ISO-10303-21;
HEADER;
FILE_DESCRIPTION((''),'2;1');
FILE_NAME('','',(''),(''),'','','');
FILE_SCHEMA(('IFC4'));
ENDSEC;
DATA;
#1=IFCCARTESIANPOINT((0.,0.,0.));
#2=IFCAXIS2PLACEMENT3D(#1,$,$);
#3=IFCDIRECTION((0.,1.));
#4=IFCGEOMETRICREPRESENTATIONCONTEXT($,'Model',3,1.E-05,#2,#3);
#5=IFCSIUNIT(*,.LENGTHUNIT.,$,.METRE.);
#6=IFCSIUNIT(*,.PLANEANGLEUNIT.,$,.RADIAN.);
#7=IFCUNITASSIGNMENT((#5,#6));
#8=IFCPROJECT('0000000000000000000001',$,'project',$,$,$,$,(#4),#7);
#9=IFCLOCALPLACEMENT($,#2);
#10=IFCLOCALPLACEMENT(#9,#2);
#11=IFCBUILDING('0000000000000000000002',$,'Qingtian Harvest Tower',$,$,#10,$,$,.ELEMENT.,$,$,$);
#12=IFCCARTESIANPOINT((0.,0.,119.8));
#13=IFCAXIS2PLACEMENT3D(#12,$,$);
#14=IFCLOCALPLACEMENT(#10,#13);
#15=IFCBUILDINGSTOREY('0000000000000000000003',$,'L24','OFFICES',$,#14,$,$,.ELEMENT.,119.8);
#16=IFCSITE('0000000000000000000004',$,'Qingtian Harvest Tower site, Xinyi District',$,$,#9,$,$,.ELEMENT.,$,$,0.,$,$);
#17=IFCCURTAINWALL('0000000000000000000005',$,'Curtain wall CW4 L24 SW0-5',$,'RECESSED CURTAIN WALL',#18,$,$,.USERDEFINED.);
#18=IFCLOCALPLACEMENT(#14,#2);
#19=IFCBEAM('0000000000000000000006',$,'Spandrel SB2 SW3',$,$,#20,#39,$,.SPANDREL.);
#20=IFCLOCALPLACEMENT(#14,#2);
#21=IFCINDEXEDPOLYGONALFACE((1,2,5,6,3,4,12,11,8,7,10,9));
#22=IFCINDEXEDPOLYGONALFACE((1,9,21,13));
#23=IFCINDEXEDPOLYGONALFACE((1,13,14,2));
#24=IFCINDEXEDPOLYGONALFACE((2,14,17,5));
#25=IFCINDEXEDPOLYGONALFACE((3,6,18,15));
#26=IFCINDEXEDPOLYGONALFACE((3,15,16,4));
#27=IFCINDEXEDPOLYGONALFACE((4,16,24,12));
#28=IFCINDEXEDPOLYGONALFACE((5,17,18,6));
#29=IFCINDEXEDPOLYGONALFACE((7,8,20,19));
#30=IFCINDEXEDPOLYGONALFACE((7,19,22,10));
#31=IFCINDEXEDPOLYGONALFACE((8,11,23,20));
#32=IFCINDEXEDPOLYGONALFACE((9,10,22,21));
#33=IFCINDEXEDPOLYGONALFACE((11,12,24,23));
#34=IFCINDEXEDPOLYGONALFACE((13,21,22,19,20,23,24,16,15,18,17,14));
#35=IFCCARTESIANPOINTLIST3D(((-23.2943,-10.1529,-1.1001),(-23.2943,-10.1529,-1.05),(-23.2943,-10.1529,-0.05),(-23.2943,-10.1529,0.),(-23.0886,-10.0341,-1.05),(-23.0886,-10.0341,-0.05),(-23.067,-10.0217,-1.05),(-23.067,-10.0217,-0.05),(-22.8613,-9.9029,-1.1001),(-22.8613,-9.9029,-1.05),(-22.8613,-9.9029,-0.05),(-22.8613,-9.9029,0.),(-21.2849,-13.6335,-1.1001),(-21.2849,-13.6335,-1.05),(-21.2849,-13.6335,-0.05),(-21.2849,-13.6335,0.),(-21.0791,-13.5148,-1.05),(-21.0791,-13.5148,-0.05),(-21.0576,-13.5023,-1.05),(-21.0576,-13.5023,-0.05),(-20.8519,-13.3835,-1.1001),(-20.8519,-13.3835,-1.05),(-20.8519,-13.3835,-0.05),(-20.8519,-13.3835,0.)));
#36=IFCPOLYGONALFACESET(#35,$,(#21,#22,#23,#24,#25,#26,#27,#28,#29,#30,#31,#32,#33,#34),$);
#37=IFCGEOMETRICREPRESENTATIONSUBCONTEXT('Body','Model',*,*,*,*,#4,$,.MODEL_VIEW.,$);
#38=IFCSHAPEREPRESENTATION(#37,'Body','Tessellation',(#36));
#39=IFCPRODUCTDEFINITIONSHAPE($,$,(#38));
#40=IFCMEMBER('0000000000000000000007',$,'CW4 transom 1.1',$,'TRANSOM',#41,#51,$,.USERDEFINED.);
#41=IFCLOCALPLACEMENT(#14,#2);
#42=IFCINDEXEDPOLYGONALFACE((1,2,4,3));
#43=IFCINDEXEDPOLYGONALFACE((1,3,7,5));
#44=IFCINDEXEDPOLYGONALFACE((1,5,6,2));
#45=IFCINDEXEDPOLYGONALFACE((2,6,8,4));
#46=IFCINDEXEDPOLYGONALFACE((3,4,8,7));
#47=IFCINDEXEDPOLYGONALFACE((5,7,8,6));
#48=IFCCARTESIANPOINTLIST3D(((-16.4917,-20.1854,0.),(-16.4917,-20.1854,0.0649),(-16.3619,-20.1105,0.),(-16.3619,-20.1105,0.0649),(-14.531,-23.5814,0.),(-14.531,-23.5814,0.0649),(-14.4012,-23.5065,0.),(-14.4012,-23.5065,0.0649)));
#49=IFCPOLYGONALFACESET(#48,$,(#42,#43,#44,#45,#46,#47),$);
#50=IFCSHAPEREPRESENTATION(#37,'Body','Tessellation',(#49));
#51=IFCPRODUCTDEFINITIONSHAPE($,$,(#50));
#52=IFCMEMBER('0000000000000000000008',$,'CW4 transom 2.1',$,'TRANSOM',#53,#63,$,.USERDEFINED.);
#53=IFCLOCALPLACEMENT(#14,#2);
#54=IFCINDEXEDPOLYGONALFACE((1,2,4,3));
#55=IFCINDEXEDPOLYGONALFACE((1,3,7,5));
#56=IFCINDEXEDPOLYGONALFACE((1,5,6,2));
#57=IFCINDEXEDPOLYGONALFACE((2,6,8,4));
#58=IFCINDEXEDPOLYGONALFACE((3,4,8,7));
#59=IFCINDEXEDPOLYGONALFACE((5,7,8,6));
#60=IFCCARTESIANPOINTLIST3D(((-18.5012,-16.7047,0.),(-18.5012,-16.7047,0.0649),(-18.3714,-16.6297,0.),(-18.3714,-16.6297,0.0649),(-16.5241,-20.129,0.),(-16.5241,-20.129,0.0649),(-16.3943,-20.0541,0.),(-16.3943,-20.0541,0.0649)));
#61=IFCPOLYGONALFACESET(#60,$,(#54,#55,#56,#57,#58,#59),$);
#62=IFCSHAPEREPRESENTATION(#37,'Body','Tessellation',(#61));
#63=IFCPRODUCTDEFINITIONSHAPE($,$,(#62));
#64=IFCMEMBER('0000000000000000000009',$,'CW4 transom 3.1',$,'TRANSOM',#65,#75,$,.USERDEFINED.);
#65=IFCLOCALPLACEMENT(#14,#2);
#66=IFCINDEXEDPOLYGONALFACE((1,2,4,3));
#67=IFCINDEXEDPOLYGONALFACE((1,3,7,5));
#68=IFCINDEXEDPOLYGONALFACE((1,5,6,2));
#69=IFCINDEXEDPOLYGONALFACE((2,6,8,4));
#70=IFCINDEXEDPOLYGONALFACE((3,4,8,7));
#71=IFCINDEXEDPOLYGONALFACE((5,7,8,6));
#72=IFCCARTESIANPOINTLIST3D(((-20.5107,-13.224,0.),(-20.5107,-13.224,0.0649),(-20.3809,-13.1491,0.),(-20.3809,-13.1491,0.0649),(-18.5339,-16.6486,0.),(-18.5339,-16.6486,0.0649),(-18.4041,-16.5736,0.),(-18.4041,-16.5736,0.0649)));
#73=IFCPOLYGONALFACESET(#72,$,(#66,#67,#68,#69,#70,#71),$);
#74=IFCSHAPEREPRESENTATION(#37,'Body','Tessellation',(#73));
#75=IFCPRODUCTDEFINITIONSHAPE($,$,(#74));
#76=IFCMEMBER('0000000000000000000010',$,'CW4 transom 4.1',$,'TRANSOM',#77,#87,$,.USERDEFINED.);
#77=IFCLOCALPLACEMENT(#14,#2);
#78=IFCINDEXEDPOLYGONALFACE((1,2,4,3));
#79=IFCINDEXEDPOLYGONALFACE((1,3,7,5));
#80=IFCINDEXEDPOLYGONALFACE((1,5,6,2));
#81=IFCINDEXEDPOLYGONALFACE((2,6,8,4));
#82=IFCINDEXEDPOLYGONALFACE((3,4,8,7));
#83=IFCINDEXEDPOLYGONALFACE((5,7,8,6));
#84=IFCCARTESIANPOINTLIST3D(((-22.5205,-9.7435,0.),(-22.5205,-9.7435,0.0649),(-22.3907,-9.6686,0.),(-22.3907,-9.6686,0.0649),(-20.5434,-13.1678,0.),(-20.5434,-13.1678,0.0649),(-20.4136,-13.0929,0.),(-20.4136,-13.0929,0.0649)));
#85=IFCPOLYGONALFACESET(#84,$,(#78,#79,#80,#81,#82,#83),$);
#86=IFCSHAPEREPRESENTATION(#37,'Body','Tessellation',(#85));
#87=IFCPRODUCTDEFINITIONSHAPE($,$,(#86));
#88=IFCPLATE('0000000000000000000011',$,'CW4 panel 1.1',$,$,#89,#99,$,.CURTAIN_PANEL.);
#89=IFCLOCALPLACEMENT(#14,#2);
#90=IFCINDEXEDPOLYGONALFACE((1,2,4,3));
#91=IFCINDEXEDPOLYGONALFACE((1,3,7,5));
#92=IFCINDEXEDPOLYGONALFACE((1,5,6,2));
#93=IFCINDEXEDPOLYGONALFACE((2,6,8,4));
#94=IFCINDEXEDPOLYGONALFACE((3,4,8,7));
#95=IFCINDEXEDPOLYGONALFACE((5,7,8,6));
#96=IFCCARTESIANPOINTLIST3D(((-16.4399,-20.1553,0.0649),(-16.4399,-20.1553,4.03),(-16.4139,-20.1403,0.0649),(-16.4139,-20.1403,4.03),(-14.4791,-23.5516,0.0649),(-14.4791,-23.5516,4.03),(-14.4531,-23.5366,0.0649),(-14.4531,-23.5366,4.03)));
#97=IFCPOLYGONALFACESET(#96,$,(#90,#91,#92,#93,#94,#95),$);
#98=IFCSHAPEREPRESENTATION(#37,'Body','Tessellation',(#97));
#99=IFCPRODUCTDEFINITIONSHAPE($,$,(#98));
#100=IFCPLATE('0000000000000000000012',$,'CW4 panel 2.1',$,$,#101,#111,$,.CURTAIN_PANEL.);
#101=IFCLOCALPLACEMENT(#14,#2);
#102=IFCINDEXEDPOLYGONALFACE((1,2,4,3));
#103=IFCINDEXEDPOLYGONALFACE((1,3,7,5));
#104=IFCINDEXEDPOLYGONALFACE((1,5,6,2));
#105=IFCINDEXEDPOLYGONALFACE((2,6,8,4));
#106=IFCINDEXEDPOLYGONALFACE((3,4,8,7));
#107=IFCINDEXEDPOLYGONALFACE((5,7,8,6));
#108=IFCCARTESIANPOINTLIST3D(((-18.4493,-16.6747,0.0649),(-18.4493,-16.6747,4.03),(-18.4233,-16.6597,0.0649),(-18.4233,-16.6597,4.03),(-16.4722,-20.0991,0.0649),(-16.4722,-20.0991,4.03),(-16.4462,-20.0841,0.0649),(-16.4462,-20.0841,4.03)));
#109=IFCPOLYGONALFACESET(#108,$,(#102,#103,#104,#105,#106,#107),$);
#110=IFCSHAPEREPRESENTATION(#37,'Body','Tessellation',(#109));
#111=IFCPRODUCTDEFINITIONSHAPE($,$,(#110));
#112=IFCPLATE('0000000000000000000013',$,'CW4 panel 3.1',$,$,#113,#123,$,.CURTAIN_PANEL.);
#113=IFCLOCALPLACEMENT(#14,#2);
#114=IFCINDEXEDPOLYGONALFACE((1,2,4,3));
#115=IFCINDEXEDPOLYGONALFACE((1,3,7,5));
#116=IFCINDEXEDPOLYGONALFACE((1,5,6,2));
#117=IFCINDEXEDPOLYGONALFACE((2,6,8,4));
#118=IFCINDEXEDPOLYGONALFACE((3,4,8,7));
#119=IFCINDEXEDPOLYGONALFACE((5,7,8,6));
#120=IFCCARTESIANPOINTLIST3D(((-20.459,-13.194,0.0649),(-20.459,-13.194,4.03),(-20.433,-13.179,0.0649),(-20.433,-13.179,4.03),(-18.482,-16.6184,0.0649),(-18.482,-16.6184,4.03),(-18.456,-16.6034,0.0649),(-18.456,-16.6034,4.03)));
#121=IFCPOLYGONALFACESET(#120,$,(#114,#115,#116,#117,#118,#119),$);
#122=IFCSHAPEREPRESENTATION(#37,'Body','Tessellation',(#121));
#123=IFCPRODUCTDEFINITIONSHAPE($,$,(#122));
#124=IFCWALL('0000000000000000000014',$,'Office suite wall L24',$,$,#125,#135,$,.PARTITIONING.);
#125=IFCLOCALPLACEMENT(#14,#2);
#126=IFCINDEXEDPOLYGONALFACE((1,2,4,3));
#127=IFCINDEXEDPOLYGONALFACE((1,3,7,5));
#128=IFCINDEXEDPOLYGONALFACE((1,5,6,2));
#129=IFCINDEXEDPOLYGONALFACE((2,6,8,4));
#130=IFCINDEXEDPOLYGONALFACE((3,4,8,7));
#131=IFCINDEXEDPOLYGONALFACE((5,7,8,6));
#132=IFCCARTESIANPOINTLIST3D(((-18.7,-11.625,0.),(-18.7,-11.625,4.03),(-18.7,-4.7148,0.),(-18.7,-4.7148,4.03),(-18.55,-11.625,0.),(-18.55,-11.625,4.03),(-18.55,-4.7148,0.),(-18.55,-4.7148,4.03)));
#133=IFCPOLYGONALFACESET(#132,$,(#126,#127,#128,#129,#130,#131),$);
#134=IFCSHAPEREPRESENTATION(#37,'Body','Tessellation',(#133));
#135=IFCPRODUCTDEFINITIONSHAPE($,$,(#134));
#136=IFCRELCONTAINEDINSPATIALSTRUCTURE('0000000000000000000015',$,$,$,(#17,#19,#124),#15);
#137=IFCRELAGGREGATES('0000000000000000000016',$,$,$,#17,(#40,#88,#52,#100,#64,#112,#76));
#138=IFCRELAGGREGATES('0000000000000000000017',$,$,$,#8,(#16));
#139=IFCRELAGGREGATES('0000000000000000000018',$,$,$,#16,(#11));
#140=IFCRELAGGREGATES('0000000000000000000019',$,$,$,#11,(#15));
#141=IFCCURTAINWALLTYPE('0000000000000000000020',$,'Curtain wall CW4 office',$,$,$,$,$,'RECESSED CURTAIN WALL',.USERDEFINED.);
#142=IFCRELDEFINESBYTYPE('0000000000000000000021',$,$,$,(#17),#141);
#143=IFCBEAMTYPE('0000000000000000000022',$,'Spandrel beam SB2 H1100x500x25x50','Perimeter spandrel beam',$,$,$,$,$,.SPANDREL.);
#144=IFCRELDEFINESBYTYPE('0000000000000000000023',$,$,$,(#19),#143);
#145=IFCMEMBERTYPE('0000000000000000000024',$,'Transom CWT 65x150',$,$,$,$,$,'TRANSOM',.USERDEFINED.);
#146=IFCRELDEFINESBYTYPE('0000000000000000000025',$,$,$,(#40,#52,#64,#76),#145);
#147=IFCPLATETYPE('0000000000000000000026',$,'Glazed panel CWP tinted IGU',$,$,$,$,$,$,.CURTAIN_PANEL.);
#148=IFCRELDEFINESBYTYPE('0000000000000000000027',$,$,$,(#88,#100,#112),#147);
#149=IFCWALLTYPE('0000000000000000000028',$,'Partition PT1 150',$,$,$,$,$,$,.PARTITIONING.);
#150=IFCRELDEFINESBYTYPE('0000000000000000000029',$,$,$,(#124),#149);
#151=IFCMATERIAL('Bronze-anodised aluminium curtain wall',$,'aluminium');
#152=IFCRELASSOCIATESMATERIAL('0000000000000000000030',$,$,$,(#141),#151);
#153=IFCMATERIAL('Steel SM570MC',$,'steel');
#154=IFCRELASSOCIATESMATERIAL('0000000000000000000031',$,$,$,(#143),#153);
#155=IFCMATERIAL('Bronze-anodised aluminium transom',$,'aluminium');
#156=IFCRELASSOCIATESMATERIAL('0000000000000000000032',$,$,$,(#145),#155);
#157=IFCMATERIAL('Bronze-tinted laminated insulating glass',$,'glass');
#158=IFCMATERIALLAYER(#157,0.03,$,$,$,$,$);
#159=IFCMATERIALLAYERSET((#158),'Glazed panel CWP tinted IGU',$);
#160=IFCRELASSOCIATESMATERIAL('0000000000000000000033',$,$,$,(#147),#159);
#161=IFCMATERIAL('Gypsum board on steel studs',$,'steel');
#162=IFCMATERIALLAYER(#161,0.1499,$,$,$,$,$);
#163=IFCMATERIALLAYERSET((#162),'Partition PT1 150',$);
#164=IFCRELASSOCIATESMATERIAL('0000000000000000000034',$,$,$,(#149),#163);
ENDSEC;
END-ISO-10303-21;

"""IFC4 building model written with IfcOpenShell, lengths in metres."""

from ifc_helpers import new_model, si_unit, direction, frame, frame_2d, origin, origin_2d, place, context, subcontext, project, spatial, rectangle, i_section, extrude, material, layer, layer_set, material_profile, profile_set, type_object, element, aggregate, save


model = new_model("IFC4")

# Units and contexts
model_context = context("Model", 3, precision=1e-05, world=origin(), true_north=direction((0.0, 1.0)))
body_context = subcontext(model_context, "Body", "Model", "MODEL_VIEW")
ifc_project = project(units=[si_unit("LENGTHUNIT", "METRE"), si_unit("PLANEANGLEUNIT", "RADIAN")], contexts=[model_context])

# Site, building, storey
site_placement = place(None, origin())
site = spatial("IfcSite", under=ifc_project, at=site_placement, Name="Qingtian Harvest Tower site, Xinyi District", CompositionType="ELEMENT", RefElevation=0.0)
building_placement = place(site_placement, origin())
building = spatial("IfcBuilding", under=site, at=building_placement, Name="Qingtian Harvest Tower", CompositionType="ELEMENT")
storey_placement = place(building_placement, frame((0.0, 0.0, 119.8)))
storey = spatial("IfcBuildingStorey", under=building, at=storey_placement, Name="L24", Description="OFFICES", CompositionType="ELEMENT", Elevation=119.8)

# Shared definitions
ifc_material_1 = material(Name="Bronze-anodised aluminium curtain wall", Category="aluminium")
curtain_wall_type = type_object("IfcCurtainWallType", Name="Curtain wall CW4 office", ElementType="RECESSED CURTAIN WALL", PredefinedType="USERDEFINED", material=ifc_material_1)

# Curtain wall
curtain_wall_1_placement = place(storey_placement, origin())
curtain_wall_1 = element("IfcCurtainWall", 1, at=curtain_wall_1_placement, inside=storey, type_object=curtain_wall_type, Name="Curtain wall CW4 L24 SW0-5", ObjectType="RECESSED CURTAIN WALL", PredefinedType="USERDEFINED")

# Beam
ifc_material_2 = material(Name="Steel SM570MC", Category="steel")
ifc_material_profile_1 = material_profile(ifc_material_2, i_section(OverallWidth=0.5, OverallDepth=1.1001, WebThickness=0.0249, FlangeThickness=0.05, at=origin_2d()), Name="H1100x500x25x50")
ifc_profile_set_1 = profile_set([ifc_material_profile_1], Name="Steel SM570MC")
beam_type_1 = type_object("IfcBeamType", Name="Spandrel beam SB2 H1100x500x25x50", Description="Perimeter spandrel beam", PredefinedType="SPANDREL", material=ifc_profile_set_1)
for number, where, z_axis, x_axis, name in (
    (2, (-21.0684, -13.5085, -0.55), (-0.499987, 0.866033, 0.0), (-0.866033, -0.499987, 0.0), "Spandrel SB2 SW3"),
):
    element("IfcBeam", number, at=place(storey_placement, frame(where, z_axis=z_axis, x_axis=x_axis)), inside=storey, type_object=beam_type_1, Name=name, PredefinedType="SPANDREL", context=body_context, shape_type="SweptSolid", body=[
        extrude(i_section(OverallWidth=0.5, OverallDepth=1.1001, WebThickness=0.0249, FlangeThickness=0.05, at=origin_2d()), origin(), (0.0, 0.0, 1.0), 4.019),
    ])

# Members
ifc_material_3 = material(Name="Bronze-anodised aluminium transom", Category="aluminium")
ifc_material_profile_2 = material_profile(ifc_material_3, rectangle(XDim=0.1499, YDim=0.0649, at=origin_2d()), Name="AL 65x150")
ifc_profile_set_2 = profile_set([ifc_material_profile_2], Name="Bronze-anodised aluminium transom")
member_type_1 = type_object("IfcMemberType", Name="Transom CWT 65x150", ElementType="TRANSOM", PredefinedType="USERDEFINED", material=ifc_profile_set_2)
member_1_placement = place(storey_placement, frame((-14.4661, -23.5439, 0.0325), z_axis=(-0.500003, 0.866024, 0.0), x_axis=(-0.866024, -0.500003, 0.0)))
member_1 = element("IfcMember", 3, at=member_1_placement, type_object=member_type_1, Name="CW4 transom 1.1", ObjectType="TRANSOM", PredefinedType="USERDEFINED", context=body_context, shape_type="SweptSolid", body=[
    extrude(rectangle(XDim=0.1499, YDim=0.0649, at=origin_2d()), origin(), (0.0, 0.0, 1.0), 3.9214),
])
member_2_placement = place(storey_placement, frame((-16.4592, -20.0916, 0.0325), z_axis=(-0.500004, 0.866023, 0.0), x_axis=(-0.866023, -0.500004, 0.0)))
member_2 = element("IfcMember", 4, at=member_2_placement, type_object=member_type_1, Name="CW4 transom 2.1", ObjectType="TRANSOM", PredefinedType="USERDEFINED", context=body_context, shape_type="SweptSolid", body=[
    extrude(rectangle(XDim=0.1499, YDim=0.0649, at=origin_2d()), origin(), (0.0, 0.0, 1.0), 3.9541),
])
member_3_placement = place(storey_placement, frame((-18.469, -16.6111, 0.0325), z_axis=(-0.499931, 0.866065, 0.0), x_axis=(-0.866065, -0.499931, 0.0)))
member_3 = element("IfcMember", 5, at=member_3_placement, type_object=member_type_1, Name="CW4 transom 3.1", ObjectType="TRANSOM", PredefinedType="USERDEFINED", context=body_context, shape_type="SweptSolid", body=[
    extrude(rectangle(XDim=0.1499, YDim=0.0649, at=origin_2d()), origin(), (0.0, 0.0, 1.0), 3.9541),
])
member_4_placement = place(storey_placement, frame((-20.4785, -13.1304, 0.0325), z_axis=(-0.500004, 0.866023, 0.0), x_axis=(-0.866023, -0.500004, 0.0)))
member_4 = element("IfcMember", 6, at=member_4_placement, type_object=member_type_1, Name="CW4 transom 4.1", ObjectType="TRANSOM", PredefinedType="USERDEFINED", context=body_context, shape_type="SweptSolid", body=[
    extrude(rectangle(XDim=0.1499, YDim=0.0649, at=origin_2d()), origin(), (0.0, 0.0, 1.0), 3.9541),
])

# Plates
ifc_material_4 = material(Name="Bronze-tinted laminated insulating glass", Category="glass")
ifc_layer_1 = layer(ifc_material_4, 0.03)
ifc_layer_set_1 = layer_set([ifc_layer_1], Name="Glazed panel CWP tinted IGU")
plate_type = type_object("IfcPlateType", Name="Glazed panel CWP tinted IGU", PredefinedType="CURTAIN_PANEL", material=ifc_layer_set_1)
plate_1_placement = place(storey_placement, frame((-15.4465, -21.8459, 0.0649), z_axis=(0.0, 0.0, 1.0), x_axis=(-0.5, 0.866025, 0.0)))
plate_1 = element("IfcPlate", 7, at=plate_1_placement, type_object=plate_type, Name="CW4 panel 1.1", PredefinedType="CURTAIN_PANEL", context=body_context, shape_type="SweptSolid", body=[
    extrude(rectangle(XDim=3.9216, YDim=0.03, at=origin_2d()), origin(), (0.0, 0.0, 1.0), 3.9651),
])
plate_2_placement = place(storey_placement, frame((-17.4478, -18.3794, 0.0649), z_axis=(0.0, 0.0, 1.0), x_axis=(-0.5, 0.866025, 0.0)))
plate_2 = element("IfcPlate", 8, at=plate_2_placement, type_object=plate_type, Name="CW4 panel 2.1", PredefinedType="CURTAIN_PANEL", context=body_context, shape_type="SweptSolid", body=[
    extrude(rectangle(XDim=3.9541, YDim=0.03, at=origin_2d()), origin(), (0.0, 0.0, 1.0), 3.9651),
])
plate_3_placement = place(storey_placement, frame((-19.4575, -14.8987, 0.0649), z_axis=(0.0, 0.0, 1.0), x_axis=(-0.5, 0.866025, 0.0)))
plate_3 = element("IfcPlate", 9, at=plate_3_placement, type_object=plate_type, Name="CW4 panel 3.1", PredefinedType="CURTAIN_PANEL", context=body_context, shape_type="SweptSolid", body=[
    extrude(rectangle(XDim=3.9541, YDim=0.03, at=origin_2d()), origin(), (0.0, 0.0, 1.0), 3.9651),
])
aggregate(curtain_wall_1, [member_1, plate_1, member_2, plate_2, member_3, plate_3, member_4])

# Wall
ifc_material_5 = material(Name="Gypsum board on steel studs", Category="steel")
ifc_layer_2 = layer(ifc_material_5, 0.1499)
ifc_layer_set_2 = layer_set([ifc_layer_2], Name="Partition PT1 150")
wall_type = type_object("IfcWallType", Name="Partition PT1 150", PredefinedType="PARTITIONING", material=ifc_layer_set_2)
wall_placement = place(storey_placement, frame((-18.625, -11.625, 0.0), z_axis=(0.0, 0.0, 1.0), x_axis=(0.0, 1.0, 0.0)))
element("IfcWall", 10, at=wall_placement, inside=storey, type_object=wall_type, Name="Office suite wall L24", PredefinedType="PARTITIONING", context=body_context, shape_type="SweptSolid", body=[
    extrude(rectangle(XDim=6.9102, YDim=0.1499, at=frame_2d((3.4551, 0.0))), origin(), (0.0, 0.0, 1.0), 4.03),
])

save(model, "model.ifc")
